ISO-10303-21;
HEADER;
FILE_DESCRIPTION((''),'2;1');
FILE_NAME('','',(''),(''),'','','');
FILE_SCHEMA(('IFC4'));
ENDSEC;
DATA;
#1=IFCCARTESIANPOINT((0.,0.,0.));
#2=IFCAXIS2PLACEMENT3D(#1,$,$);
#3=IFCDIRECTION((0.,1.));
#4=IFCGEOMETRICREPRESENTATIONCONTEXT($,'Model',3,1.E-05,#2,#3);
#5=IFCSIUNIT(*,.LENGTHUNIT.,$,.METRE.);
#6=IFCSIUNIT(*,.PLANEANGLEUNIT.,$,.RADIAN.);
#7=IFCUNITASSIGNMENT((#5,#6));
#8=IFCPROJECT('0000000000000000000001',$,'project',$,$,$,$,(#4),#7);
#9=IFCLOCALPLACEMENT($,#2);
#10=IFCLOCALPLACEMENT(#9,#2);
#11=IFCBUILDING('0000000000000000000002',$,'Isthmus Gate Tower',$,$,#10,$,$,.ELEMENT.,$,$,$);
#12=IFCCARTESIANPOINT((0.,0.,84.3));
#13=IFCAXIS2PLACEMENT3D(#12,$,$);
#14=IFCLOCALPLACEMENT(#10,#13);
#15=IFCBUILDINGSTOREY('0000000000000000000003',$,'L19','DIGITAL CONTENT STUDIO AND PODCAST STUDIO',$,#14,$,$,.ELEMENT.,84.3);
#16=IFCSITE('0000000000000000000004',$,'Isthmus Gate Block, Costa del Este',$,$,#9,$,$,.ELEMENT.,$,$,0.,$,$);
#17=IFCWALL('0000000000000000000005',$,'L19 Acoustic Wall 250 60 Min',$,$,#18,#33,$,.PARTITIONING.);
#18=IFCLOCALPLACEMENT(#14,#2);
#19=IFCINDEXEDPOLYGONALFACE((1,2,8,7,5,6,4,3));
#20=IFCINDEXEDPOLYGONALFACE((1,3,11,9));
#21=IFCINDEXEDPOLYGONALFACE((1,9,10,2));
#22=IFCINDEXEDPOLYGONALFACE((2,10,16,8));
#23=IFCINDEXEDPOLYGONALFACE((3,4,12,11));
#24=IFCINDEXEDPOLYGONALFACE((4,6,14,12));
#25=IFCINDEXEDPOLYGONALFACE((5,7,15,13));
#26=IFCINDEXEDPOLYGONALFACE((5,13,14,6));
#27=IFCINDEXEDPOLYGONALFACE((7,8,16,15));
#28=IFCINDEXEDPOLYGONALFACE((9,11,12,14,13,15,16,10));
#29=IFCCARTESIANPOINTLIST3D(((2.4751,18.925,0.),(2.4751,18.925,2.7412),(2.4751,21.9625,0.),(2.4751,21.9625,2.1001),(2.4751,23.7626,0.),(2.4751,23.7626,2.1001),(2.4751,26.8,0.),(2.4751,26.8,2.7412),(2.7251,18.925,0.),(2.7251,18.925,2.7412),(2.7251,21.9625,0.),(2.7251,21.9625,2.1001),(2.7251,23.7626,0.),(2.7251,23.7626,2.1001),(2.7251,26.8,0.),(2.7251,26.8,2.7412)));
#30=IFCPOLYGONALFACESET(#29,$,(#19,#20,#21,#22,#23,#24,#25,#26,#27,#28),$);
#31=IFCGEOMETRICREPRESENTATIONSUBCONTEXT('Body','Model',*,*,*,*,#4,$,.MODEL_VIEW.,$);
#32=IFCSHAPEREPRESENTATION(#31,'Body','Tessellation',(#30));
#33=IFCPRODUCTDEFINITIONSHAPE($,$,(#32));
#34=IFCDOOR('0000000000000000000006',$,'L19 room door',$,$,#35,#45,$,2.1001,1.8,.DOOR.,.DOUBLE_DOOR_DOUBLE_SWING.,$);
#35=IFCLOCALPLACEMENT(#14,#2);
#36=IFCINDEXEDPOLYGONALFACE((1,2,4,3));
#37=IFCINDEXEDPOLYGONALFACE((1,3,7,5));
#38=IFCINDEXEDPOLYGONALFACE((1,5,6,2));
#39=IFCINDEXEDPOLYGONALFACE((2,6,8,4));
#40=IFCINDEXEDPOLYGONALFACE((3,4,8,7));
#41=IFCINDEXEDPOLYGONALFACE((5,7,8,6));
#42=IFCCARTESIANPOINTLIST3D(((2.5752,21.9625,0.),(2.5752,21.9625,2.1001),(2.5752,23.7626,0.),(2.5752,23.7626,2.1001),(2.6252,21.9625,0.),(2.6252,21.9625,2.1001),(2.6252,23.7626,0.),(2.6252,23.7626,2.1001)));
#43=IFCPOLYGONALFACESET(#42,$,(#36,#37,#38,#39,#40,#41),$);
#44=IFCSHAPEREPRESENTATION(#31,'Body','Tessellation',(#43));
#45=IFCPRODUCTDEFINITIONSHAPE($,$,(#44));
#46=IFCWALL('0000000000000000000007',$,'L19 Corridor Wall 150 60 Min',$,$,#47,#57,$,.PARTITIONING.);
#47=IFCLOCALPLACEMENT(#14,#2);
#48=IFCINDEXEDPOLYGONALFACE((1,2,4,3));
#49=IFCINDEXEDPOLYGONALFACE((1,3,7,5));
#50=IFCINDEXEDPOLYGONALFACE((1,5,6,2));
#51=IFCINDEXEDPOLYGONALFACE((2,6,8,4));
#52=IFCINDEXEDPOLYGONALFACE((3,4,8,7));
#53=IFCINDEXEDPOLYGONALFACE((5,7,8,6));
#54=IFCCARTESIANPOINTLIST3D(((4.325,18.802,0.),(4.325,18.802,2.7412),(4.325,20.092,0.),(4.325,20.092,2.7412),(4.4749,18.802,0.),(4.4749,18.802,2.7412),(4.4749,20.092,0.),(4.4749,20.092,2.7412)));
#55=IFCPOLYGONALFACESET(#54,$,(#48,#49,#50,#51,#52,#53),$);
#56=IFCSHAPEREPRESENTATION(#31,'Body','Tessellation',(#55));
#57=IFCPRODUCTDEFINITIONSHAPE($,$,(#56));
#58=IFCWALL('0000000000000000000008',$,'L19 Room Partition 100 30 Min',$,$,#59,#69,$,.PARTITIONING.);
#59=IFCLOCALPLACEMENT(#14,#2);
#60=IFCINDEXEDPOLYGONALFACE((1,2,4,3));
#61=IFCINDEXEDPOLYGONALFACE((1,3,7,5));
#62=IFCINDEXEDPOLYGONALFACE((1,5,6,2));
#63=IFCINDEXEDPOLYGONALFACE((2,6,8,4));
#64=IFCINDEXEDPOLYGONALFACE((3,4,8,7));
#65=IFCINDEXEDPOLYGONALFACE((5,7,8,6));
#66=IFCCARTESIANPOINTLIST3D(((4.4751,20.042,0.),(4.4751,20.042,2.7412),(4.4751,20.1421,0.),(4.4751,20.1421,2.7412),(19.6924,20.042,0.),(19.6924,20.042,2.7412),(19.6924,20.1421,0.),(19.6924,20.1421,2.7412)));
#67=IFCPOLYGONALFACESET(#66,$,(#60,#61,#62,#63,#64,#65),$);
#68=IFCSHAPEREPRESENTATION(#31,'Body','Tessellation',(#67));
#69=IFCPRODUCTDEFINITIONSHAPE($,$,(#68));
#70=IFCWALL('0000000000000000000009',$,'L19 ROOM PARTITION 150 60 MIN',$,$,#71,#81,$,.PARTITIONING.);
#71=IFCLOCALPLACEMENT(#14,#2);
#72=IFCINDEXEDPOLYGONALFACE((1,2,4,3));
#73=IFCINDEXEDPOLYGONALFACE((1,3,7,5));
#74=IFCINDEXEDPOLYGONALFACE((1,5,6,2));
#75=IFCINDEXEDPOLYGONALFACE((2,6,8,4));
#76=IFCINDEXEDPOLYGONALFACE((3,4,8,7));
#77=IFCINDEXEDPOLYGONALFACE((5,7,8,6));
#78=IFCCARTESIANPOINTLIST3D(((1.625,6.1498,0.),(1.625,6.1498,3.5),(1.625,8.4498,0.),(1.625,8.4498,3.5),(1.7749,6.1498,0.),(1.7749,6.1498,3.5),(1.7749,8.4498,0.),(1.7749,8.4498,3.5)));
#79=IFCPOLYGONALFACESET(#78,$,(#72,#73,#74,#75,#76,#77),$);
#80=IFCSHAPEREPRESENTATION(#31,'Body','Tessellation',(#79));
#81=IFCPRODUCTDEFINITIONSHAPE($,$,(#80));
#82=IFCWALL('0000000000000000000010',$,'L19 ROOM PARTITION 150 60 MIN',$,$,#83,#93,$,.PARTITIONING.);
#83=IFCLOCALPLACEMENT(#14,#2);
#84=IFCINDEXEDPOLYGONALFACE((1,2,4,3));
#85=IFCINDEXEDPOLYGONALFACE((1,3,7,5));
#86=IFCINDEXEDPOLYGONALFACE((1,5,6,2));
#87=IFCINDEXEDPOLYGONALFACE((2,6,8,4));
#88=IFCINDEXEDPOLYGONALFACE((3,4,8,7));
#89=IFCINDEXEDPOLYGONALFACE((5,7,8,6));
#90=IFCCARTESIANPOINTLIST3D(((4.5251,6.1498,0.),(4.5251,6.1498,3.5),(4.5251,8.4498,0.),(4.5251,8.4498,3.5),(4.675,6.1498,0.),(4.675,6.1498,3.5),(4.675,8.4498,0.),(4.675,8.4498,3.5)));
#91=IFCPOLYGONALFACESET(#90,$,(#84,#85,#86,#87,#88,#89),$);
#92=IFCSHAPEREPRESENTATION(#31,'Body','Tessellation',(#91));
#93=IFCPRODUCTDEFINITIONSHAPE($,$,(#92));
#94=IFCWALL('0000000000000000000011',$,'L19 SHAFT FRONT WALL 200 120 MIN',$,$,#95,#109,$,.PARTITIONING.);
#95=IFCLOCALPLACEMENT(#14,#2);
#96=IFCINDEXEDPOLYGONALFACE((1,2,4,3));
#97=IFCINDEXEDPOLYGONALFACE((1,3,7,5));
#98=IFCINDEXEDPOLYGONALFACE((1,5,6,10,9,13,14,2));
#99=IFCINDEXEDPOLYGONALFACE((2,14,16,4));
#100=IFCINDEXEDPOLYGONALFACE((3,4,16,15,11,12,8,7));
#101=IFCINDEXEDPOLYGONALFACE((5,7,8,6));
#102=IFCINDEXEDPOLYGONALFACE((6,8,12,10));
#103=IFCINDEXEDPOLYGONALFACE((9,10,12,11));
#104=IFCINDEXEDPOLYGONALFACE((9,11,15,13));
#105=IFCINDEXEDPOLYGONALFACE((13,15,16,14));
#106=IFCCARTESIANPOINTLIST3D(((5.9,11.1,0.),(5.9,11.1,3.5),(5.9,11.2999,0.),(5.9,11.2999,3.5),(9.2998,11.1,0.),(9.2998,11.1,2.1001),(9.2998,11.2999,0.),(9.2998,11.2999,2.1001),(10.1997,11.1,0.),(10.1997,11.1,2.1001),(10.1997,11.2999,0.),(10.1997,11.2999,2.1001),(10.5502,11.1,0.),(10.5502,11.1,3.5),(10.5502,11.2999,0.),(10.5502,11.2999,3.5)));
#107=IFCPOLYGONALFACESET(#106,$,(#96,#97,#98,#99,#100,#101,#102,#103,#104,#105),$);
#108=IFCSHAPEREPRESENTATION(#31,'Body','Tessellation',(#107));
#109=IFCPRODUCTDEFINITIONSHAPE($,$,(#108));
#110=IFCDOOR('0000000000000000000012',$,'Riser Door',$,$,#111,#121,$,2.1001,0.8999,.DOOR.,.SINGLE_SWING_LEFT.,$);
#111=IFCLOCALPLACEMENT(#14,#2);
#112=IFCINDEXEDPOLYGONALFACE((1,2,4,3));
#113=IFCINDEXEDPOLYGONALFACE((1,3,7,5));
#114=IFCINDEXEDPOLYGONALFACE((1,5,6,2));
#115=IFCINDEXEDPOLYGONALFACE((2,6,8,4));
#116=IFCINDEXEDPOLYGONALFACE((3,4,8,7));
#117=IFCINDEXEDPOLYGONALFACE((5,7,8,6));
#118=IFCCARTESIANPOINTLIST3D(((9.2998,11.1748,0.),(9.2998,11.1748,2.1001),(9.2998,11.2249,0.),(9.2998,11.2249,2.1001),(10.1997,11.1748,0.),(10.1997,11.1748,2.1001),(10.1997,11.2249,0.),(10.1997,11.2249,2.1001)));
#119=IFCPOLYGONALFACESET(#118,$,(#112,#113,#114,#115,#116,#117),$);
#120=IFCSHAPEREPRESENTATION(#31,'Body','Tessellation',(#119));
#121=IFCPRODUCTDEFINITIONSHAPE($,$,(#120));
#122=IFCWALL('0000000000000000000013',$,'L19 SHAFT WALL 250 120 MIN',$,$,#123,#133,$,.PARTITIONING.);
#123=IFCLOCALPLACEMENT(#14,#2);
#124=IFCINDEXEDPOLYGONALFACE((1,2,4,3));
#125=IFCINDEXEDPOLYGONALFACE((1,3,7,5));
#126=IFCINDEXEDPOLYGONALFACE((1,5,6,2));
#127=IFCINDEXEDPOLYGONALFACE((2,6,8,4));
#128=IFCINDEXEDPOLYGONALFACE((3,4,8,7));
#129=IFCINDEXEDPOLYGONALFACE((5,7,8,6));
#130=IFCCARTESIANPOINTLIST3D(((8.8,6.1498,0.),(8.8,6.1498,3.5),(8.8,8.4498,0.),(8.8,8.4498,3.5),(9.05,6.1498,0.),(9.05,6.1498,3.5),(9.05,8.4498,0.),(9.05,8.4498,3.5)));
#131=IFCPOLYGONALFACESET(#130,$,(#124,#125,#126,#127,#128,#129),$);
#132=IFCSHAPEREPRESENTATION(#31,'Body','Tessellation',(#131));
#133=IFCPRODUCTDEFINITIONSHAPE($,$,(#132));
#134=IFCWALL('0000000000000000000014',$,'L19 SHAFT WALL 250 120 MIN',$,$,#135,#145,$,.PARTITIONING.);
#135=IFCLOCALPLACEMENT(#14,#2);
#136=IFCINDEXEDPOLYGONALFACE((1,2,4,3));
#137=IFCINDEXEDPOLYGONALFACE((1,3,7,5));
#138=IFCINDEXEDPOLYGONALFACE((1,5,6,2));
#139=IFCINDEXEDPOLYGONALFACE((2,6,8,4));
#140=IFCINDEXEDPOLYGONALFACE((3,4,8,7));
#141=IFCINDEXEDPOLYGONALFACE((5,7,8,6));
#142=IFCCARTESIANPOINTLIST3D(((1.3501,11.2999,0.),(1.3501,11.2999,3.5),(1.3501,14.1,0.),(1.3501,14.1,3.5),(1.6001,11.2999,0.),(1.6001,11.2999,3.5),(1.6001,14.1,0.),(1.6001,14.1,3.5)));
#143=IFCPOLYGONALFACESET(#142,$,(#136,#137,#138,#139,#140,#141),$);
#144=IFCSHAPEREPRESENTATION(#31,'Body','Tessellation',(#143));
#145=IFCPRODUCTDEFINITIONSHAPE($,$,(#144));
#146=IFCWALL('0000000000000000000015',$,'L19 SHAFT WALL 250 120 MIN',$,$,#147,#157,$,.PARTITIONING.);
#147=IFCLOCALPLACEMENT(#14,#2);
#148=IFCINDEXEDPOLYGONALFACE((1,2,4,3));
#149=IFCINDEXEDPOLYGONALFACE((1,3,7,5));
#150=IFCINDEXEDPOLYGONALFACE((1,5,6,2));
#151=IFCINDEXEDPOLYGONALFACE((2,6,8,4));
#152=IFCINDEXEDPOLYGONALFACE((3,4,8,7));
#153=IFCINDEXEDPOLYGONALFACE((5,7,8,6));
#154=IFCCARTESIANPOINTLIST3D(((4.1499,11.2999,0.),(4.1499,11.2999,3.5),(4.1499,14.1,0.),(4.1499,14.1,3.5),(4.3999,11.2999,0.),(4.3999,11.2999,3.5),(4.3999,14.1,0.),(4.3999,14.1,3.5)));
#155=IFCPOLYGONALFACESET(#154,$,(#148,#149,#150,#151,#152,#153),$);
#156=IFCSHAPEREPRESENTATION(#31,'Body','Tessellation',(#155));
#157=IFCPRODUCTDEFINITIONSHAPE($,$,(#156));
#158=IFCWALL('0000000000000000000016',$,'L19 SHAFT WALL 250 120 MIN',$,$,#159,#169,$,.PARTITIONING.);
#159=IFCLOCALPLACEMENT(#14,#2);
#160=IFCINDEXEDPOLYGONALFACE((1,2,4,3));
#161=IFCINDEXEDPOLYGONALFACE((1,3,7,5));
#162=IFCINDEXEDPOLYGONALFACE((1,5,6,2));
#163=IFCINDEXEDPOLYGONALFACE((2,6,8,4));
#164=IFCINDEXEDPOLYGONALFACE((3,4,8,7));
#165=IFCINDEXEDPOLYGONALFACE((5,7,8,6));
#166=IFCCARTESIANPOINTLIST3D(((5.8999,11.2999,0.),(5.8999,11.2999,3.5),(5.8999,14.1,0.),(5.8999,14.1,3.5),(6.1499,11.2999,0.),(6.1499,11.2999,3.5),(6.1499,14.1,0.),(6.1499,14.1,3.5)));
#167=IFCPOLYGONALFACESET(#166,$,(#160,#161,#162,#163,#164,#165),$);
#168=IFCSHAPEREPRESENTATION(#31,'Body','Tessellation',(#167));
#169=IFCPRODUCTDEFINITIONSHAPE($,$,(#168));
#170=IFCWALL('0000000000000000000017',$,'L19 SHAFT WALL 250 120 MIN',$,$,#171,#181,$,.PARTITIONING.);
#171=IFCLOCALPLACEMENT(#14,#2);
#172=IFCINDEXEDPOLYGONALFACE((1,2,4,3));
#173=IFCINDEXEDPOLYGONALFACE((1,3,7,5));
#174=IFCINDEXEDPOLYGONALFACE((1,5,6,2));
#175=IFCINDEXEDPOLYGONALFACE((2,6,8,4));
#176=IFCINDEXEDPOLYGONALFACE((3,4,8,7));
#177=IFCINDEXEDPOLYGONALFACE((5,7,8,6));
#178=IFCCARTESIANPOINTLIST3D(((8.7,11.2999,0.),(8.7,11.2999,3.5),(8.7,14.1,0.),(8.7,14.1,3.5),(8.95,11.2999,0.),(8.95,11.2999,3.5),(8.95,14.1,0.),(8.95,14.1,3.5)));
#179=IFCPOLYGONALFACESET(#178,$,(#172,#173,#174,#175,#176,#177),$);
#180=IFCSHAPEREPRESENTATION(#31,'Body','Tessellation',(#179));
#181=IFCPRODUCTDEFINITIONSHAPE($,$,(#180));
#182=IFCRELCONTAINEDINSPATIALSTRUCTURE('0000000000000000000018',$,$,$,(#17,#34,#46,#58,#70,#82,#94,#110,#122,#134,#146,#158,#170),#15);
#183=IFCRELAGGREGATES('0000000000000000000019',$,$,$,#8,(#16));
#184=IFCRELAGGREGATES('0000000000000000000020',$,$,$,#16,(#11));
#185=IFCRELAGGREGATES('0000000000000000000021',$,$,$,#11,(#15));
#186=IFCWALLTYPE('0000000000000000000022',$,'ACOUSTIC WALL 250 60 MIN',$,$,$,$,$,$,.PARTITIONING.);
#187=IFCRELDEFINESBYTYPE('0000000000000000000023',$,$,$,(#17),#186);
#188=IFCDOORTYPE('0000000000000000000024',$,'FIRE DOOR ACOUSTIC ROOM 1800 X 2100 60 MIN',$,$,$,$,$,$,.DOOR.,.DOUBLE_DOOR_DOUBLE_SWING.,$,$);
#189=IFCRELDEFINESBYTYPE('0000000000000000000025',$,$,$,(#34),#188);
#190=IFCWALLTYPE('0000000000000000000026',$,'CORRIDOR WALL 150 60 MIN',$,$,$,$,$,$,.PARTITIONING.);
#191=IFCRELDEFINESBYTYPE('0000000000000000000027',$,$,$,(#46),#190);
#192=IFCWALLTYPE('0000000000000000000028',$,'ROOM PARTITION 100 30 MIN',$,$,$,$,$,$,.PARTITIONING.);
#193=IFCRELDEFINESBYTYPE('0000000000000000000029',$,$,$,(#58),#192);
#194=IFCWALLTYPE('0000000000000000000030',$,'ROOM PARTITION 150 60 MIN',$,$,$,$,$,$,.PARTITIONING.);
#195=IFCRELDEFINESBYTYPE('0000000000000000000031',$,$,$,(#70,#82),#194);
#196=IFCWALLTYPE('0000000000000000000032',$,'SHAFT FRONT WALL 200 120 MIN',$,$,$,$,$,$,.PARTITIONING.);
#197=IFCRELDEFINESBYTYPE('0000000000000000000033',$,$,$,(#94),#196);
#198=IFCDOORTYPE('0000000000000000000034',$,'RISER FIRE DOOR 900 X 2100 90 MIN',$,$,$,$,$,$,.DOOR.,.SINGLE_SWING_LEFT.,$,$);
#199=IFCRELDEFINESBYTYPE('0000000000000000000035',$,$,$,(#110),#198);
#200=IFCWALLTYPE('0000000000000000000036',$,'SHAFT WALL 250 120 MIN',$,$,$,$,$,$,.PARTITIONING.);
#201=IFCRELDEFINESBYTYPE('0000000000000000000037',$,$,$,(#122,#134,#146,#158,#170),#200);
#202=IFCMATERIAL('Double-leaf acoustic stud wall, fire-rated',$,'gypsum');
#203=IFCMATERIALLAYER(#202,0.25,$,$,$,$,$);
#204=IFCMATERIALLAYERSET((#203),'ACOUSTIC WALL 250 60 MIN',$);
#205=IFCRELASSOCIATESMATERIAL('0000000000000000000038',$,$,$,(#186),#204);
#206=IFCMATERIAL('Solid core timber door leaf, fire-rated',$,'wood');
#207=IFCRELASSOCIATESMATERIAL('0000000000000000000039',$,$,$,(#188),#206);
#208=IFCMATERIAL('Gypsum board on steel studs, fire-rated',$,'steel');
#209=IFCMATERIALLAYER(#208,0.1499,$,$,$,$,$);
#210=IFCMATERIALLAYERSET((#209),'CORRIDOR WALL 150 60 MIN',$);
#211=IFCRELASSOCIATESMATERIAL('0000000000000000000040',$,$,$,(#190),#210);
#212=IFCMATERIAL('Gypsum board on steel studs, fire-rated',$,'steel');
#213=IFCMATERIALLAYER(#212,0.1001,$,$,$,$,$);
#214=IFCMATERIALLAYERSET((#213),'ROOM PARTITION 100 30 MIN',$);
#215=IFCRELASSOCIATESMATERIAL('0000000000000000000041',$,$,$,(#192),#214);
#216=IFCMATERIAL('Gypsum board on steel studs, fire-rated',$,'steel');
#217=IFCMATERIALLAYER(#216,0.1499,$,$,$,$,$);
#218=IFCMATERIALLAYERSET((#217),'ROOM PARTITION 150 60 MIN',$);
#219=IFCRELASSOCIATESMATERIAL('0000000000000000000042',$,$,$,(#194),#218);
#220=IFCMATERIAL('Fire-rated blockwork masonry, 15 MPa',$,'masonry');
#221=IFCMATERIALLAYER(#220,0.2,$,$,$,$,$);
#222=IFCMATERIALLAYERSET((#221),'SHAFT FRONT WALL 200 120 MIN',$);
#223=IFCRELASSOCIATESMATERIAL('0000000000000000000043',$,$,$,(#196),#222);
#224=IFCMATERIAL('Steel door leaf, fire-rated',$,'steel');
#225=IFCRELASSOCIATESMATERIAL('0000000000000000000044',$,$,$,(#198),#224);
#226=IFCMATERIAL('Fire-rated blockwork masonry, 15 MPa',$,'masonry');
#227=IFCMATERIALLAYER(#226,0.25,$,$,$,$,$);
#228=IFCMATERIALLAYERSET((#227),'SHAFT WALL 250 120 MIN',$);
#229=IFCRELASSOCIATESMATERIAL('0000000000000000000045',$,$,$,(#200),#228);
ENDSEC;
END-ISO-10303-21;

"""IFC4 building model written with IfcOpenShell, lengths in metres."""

from ifc_helpers import new_model, si_unit, direction, frame, frame_2d, origin, place, context, subcontext, project, spatial, rectangle, extrude, material, layer, layer_set, type_object, element, fill, save


model = new_model("IFC4")

# Units and contexts
model_context = context("Model", 3, precision=1e-05, world=origin(), true_north=direction((0.0, 1.0)))
body_context = subcontext(model_context, "Body", "Model", "MODEL_VIEW")
ifc_project = project(units=[si_unit("LENGTHUNIT", "METRE"), si_unit("PLANEANGLEUNIT", "RADIAN")], contexts=[model_context])

# Site, building, storey
site_placement = place(None, origin())
site = spatial("IfcSite", under=ifc_project, at=site_placement, Name="Isthmus Gate Block, Costa del Este", CompositionType="ELEMENT", RefElevation=0.0)
building_placement = place(site_placement, origin())
building = spatial("IfcBuilding", under=site, at=building_placement, Name="Isthmus Gate Tower", CompositionType="ELEMENT")
storey_placement = place(building_placement, frame((0.0, 0.0, 84.3)))
storey = spatial("IfcBuildingStorey", under=building, at=storey_placement, Name="L19", Description="DIGITAL CONTENT STUDIO AND PODCAST STUDIO", CompositionType="ELEMENT", Elevation=84.3)

# Wall, opening, door
ifc_material_1 = material(Name="Double-leaf acoustic stud wall, fire-rated", Category="gypsum")
ifc_layer_1 = layer(ifc_material_1, 0.25)
ifc_layer_set_1 = layer_set([ifc_layer_1], Name="ACOUSTIC WALL 250 60 MIN")
wall_type_1 = type_object("IfcWallType", Name="ACOUSTIC WALL 250 60 MIN", PredefinedType="PARTITIONING", material=ifc_layer_set_1)
wall_1_placement = place(storey_placement, frame((2.6001, 18.925, 0.0), z_axis=(0.0, 0.0, 1.0), x_axis=(0.0, 1.0, 0.0)))
wall_1 = element("IfcWall", 1, at=wall_1_placement, inside=storey, type_object=wall_type_1, Name="L19 Acoustic Wall 250 60 Min", PredefinedType="PARTITIONING", context=body_context, shape_type="SweptSolid", body=[
    extrude(rectangle(XDim=7.875, YDim=0.25, at=frame_2d((3.9375, 0.0))), origin(), (0.0, 0.0, 1.0), 2.7412),
])
opening_1_placement = place(wall_1_placement, frame((3.0376, 0.0, 0.0)))
opening_1 = element("IfcOpeningElement", 2, at=opening_1_placement, cuts=wall_1, PredefinedType="OPENING", context=body_context, shape_type="SweptSolid", body=[
    extrude(rectangle(XDim=1.8, YDim=2.1001, at=frame_2d((0.8999, 1.05))), frame((0.0, 0.135, 0.0), z_axis=(0.0, -1.0, 0.0), x_axis=(1.0, 0.0, 0.0)), (0.0, 0.0, 1.0), 0.27),
])
ifc_material_2 = material(Name="Solid core timber door leaf, fire-rated", Category="wood")
door_type_1 = type_object("IfcDoorType", Name="FIRE DOOR ACOUSTIC ROOM 1800 X 2100 60 MIN", OperationType="DOUBLE_DOOR_DOUBLE_SWING", PredefinedType="DOOR", material=ifc_material_2)
door_1_placement = place(opening_1_placement, origin())
door_1 = element("IfcDoor", 3, at=door_1_placement, inside=storey, type_object=door_type_1, Name="L19 room door", OperationType="DOUBLE_DOOR_DOUBLE_SWING", OverallHeight=2.1001, OverallWidth=1.8, PredefinedType="DOOR", context=body_context, shape_type="SweptSolid", body=[
    extrude(rectangle(XDim=1.8, YDim=2.1001, at=frame_2d((0.8999, 1.05))), frame((0.0, 0.0249, 0.0), z_axis=(0.0, -1.0, 0.0), x_axis=(1.0, 0.0, 0.0)), (0.0, 0.0, 1.0), 0.05),
])
fill(opening_1, door_1)

# Walls
ifc_material_3 = material(Name="Gypsum board on steel studs, fire-rated", Category="steel")
ifc_layer_2 = layer(ifc_material_3, 0.1499)
ifc_layer_set_2 = layer_set([ifc_layer_2], Name="CORRIDOR WALL 150 60 MIN")
wall_type_2 = type_object("IfcWallType", Name="CORRIDOR WALL 150 60 MIN", PredefinedType="PARTITIONING", material=ifc_layer_set_2)
wall_2_placement = place(storey_placement, frame((4.3999, 20.092, 0.0), z_axis=(0.0, 0.0, 1.0), x_axis=(0.0, -1.0, 0.0)))
element("IfcWall", 4, at=wall_2_placement, inside=storey, type_object=wall_type_2, Name="L19 Corridor Wall 150 60 Min", PredefinedType="PARTITIONING", context=body_context, shape_type="SweptSolid", body=[
    extrude(rectangle(XDim=1.29, YDim=0.1499, at=frame_2d((0.645, 0.0))), origin(), (0.0, 0.0, 1.0), 2.7412),
])
ifc_material_4 = material(Name="Gypsum board on steel studs, fire-rated", Category="steel")
ifc_layer_3 = layer(ifc_material_4, 0.1001)
ifc_layer_set_3 = layer_set([ifc_layer_3], Name="ROOM PARTITION 100 30 MIN")
wall_type_3 = type_object("IfcWallType", Name="ROOM PARTITION 100 30 MIN", PredefinedType="PARTITIONING", material=ifc_layer_set_3)
wall_3_placement = place(storey_placement, frame((4.4751, 20.092, 0.0), z_axis=(0.0, 0.0, 1.0), x_axis=(1.0, 0.0, 0.0)))
element("IfcWall", 5, at=wall_3_placement, inside=storey, type_object=wall_type_3, Name="L19 Room Partition 100 30 Min", PredefinedType="PARTITIONING", context=body_context, shape_type="SweptSolid", body=[
    extrude(rectangle(XDim=15.2173, YDim=0.1001, at=frame_2d((7.6086, 0.0))), origin(), (0.0, 0.0, 1.0), 2.7412),
])
ifc_material_5 = material(Name="Gypsum board on steel studs, fire-rated", Category="steel")
ifc_layer_4 = layer(ifc_material_5, 0.1499)
ifc_layer_set_4 = layer_set([ifc_layer_4], Name="ROOM PARTITION 150 60 MIN")
wall_type_4 = type_object("IfcWallType", Name="ROOM PARTITION 150 60 MIN", PredefinedType="PARTITIONING", material=ifc_layer_set_4)
for number, where, z_axis, x_axis, name in (
    (6, (1.7, 6.1499, 0.0), (0.0, 0.0, 1.0), (0.0, 1.0, 0.0), "L19 ROOM PARTITION 150 60 MIN"),
    (7, (4.6001, 6.1499, 0.0), (0.0, 0.0, 1.0), (0.0, 1.0, 0.0), "L19 ROOM PARTITION 150 60 MIN"),
):
    element("IfcWall", number, at=place(storey_placement, frame(where, z_axis=z_axis, x_axis=x_axis)), inside=storey, type_object=wall_type_4, Name=name, PredefinedType="PARTITIONING", context=body_context, shape_type="SweptSolid", body=[
        extrude(rectangle(XDim=2.3, YDim=0.1499, at=frame_2d((1.1499, 0.0))), origin(), (0.0, 0.0, 1.0), 3.5),
    ])

# Wall, opening, door
ifc_material_6 = material(Name="Fire-rated blockwork masonry, 15 MPa", Category="masonry")
ifc_layer_5 = layer(ifc_material_6, 0.2)
ifc_layer_set_5 = layer_set([ifc_layer_5], Name="SHAFT FRONT WALL 200 120 MIN")
wall_type_5 = type_object("IfcWallType", Name="SHAFT FRONT WALL 200 120 MIN", PredefinedType="PARTITIONING", material=ifc_layer_set_5)
wall_4_placement = place(storey_placement, frame((5.8999, 11.2, 0.0), z_axis=(0.0, 0.0, 1.0), x_axis=(1.0, 0.0, 0.0)))
wall_4 = element("IfcWall", 8, at=wall_4_placement, inside=storey, type_object=wall_type_5, Name="L19 SHAFT FRONT WALL 200 120 MIN", PredefinedType="PARTITIONING", context=body_context, shape_type="SweptSolid", body=[
    extrude(rectangle(XDim=4.6501, YDim=0.2, at=frame_2d((2.3252, 0.0))), origin(), (0.0, 0.0, 1.0), 3.5),
])
opening_2_placement = place(wall_4_placement, frame((3.3999, 0.0, 0.0)))
opening_2 = element("IfcOpeningElement", 9, at=opening_2_placement, cuts=wall_4, PredefinedType="OPENING", context=body_context, shape_type="SweptSolid", body=[
    extrude(rectangle(XDim=0.8999, YDim=2.1001, at=frame_2d((0.45, 1.05))), frame((0.0, 0.1099, 0.0), z_axis=(0.0, -1.0, 0.0), x_axis=(1.0, 0.0, 0.0)), (0.0, 0.0, 1.0), 0.22),
])
ifc_material_7 = material(Name="Steel door leaf, fire-rated", Category="steel")
door_type_2 = type_object("IfcDoorType", Name="RISER FIRE DOOR 900 X 2100 90 MIN", OperationType="SINGLE_SWING_LEFT", PredefinedType="DOOR", material=ifc_material_7)
door_2_placement = place(opening_2_placement, origin())
door_2 = element("IfcDoor", 10, at=door_2_placement, inside=storey, type_object=door_type_2, Name="Riser Door", OperationType="SINGLE_SWING_LEFT", OverallHeight=2.1001, OverallWidth=0.8999, PredefinedType="DOOR", context=body_context, shape_type="SweptSolid", body=[
    extrude(rectangle(XDim=0.8999, YDim=2.1001, at=frame_2d((0.45, 1.05))), frame((0.0, 0.0249, 0.0), z_axis=(0.0, -1.0, 0.0), x_axis=(1.0, 0.0, 0.0)), (0.0, 0.0, 1.0), 0.05),
])
fill(opening_2, door_2)

# Walls
ifc_material_8 = material(Name="Fire-rated blockwork masonry, 15 MPa", Category="masonry")
ifc_layer_6 = layer(ifc_material_8, 0.25)
ifc_layer_set_6 = layer_set([ifc_layer_6], Name="SHAFT WALL 250 120 MIN")
wall_type_6 = type_object("IfcWallType", Name="SHAFT WALL 250 120 MIN", PredefinedType="PARTITIONING", material=ifc_layer_set_6)
wall_5_placement = place(storey_placement, frame((8.925, 6.1499, 0.0), z_axis=(0.0, 0.0, 1.0), x_axis=(0.0, 1.0, 0.0)))
element("IfcWall", 11, at=wall_5_placement, inside=storey, type_object=wall_type_6, Name="L19 SHAFT WALL 250 120 MIN", PredefinedType="PARTITIONING", context=body_context, shape_type="SweptSolid", body=[
    extrude(rectangle(XDim=2.3, YDim=0.25, at=frame_2d((1.1499, 0.0))), origin(), (0.0, 0.0, 1.0), 3.5),
])
for number, where, z_axis, x_axis, name in (
    (12, (1.4751, 11.3, 0.0), (0.0, 0.0, 1.0), (0.0, 1.0, 0.0), "L19 SHAFT WALL 250 120 MIN"),
    (13, (4.2749, 11.3, 0.0), (0.0, 0.0, 1.0), (0.0, 1.0, 0.0), "L19 SHAFT WALL 250 120 MIN"),
    (14, (6.0249, 11.3, 0.0), (0.0, 0.0, 1.0), (0.0, 1.0, 0.0), "L19 SHAFT WALL 250 120 MIN"),
    (15, (8.825, 11.3, 0.0), (0.0, 0.0, 1.0), (0.0, 1.0, 0.0), "L19 SHAFT WALL 250 120 MIN"),
):
    element("IfcWall", number, at=place(storey_placement, frame(where, z_axis=z_axis, x_axis=x_axis)), inside=storey, type_object=wall_type_6, Name=name, PredefinedType="PARTITIONING", context=body_context, shape_type="SweptSolid", body=[
        extrude(rectangle(XDim=2.8, YDim=0.25, at=frame_2d((1.3999, 0.0))), origin(), (0.0, 0.0, 1.0), 3.5),
    ])

save(model, "model.ifc")
